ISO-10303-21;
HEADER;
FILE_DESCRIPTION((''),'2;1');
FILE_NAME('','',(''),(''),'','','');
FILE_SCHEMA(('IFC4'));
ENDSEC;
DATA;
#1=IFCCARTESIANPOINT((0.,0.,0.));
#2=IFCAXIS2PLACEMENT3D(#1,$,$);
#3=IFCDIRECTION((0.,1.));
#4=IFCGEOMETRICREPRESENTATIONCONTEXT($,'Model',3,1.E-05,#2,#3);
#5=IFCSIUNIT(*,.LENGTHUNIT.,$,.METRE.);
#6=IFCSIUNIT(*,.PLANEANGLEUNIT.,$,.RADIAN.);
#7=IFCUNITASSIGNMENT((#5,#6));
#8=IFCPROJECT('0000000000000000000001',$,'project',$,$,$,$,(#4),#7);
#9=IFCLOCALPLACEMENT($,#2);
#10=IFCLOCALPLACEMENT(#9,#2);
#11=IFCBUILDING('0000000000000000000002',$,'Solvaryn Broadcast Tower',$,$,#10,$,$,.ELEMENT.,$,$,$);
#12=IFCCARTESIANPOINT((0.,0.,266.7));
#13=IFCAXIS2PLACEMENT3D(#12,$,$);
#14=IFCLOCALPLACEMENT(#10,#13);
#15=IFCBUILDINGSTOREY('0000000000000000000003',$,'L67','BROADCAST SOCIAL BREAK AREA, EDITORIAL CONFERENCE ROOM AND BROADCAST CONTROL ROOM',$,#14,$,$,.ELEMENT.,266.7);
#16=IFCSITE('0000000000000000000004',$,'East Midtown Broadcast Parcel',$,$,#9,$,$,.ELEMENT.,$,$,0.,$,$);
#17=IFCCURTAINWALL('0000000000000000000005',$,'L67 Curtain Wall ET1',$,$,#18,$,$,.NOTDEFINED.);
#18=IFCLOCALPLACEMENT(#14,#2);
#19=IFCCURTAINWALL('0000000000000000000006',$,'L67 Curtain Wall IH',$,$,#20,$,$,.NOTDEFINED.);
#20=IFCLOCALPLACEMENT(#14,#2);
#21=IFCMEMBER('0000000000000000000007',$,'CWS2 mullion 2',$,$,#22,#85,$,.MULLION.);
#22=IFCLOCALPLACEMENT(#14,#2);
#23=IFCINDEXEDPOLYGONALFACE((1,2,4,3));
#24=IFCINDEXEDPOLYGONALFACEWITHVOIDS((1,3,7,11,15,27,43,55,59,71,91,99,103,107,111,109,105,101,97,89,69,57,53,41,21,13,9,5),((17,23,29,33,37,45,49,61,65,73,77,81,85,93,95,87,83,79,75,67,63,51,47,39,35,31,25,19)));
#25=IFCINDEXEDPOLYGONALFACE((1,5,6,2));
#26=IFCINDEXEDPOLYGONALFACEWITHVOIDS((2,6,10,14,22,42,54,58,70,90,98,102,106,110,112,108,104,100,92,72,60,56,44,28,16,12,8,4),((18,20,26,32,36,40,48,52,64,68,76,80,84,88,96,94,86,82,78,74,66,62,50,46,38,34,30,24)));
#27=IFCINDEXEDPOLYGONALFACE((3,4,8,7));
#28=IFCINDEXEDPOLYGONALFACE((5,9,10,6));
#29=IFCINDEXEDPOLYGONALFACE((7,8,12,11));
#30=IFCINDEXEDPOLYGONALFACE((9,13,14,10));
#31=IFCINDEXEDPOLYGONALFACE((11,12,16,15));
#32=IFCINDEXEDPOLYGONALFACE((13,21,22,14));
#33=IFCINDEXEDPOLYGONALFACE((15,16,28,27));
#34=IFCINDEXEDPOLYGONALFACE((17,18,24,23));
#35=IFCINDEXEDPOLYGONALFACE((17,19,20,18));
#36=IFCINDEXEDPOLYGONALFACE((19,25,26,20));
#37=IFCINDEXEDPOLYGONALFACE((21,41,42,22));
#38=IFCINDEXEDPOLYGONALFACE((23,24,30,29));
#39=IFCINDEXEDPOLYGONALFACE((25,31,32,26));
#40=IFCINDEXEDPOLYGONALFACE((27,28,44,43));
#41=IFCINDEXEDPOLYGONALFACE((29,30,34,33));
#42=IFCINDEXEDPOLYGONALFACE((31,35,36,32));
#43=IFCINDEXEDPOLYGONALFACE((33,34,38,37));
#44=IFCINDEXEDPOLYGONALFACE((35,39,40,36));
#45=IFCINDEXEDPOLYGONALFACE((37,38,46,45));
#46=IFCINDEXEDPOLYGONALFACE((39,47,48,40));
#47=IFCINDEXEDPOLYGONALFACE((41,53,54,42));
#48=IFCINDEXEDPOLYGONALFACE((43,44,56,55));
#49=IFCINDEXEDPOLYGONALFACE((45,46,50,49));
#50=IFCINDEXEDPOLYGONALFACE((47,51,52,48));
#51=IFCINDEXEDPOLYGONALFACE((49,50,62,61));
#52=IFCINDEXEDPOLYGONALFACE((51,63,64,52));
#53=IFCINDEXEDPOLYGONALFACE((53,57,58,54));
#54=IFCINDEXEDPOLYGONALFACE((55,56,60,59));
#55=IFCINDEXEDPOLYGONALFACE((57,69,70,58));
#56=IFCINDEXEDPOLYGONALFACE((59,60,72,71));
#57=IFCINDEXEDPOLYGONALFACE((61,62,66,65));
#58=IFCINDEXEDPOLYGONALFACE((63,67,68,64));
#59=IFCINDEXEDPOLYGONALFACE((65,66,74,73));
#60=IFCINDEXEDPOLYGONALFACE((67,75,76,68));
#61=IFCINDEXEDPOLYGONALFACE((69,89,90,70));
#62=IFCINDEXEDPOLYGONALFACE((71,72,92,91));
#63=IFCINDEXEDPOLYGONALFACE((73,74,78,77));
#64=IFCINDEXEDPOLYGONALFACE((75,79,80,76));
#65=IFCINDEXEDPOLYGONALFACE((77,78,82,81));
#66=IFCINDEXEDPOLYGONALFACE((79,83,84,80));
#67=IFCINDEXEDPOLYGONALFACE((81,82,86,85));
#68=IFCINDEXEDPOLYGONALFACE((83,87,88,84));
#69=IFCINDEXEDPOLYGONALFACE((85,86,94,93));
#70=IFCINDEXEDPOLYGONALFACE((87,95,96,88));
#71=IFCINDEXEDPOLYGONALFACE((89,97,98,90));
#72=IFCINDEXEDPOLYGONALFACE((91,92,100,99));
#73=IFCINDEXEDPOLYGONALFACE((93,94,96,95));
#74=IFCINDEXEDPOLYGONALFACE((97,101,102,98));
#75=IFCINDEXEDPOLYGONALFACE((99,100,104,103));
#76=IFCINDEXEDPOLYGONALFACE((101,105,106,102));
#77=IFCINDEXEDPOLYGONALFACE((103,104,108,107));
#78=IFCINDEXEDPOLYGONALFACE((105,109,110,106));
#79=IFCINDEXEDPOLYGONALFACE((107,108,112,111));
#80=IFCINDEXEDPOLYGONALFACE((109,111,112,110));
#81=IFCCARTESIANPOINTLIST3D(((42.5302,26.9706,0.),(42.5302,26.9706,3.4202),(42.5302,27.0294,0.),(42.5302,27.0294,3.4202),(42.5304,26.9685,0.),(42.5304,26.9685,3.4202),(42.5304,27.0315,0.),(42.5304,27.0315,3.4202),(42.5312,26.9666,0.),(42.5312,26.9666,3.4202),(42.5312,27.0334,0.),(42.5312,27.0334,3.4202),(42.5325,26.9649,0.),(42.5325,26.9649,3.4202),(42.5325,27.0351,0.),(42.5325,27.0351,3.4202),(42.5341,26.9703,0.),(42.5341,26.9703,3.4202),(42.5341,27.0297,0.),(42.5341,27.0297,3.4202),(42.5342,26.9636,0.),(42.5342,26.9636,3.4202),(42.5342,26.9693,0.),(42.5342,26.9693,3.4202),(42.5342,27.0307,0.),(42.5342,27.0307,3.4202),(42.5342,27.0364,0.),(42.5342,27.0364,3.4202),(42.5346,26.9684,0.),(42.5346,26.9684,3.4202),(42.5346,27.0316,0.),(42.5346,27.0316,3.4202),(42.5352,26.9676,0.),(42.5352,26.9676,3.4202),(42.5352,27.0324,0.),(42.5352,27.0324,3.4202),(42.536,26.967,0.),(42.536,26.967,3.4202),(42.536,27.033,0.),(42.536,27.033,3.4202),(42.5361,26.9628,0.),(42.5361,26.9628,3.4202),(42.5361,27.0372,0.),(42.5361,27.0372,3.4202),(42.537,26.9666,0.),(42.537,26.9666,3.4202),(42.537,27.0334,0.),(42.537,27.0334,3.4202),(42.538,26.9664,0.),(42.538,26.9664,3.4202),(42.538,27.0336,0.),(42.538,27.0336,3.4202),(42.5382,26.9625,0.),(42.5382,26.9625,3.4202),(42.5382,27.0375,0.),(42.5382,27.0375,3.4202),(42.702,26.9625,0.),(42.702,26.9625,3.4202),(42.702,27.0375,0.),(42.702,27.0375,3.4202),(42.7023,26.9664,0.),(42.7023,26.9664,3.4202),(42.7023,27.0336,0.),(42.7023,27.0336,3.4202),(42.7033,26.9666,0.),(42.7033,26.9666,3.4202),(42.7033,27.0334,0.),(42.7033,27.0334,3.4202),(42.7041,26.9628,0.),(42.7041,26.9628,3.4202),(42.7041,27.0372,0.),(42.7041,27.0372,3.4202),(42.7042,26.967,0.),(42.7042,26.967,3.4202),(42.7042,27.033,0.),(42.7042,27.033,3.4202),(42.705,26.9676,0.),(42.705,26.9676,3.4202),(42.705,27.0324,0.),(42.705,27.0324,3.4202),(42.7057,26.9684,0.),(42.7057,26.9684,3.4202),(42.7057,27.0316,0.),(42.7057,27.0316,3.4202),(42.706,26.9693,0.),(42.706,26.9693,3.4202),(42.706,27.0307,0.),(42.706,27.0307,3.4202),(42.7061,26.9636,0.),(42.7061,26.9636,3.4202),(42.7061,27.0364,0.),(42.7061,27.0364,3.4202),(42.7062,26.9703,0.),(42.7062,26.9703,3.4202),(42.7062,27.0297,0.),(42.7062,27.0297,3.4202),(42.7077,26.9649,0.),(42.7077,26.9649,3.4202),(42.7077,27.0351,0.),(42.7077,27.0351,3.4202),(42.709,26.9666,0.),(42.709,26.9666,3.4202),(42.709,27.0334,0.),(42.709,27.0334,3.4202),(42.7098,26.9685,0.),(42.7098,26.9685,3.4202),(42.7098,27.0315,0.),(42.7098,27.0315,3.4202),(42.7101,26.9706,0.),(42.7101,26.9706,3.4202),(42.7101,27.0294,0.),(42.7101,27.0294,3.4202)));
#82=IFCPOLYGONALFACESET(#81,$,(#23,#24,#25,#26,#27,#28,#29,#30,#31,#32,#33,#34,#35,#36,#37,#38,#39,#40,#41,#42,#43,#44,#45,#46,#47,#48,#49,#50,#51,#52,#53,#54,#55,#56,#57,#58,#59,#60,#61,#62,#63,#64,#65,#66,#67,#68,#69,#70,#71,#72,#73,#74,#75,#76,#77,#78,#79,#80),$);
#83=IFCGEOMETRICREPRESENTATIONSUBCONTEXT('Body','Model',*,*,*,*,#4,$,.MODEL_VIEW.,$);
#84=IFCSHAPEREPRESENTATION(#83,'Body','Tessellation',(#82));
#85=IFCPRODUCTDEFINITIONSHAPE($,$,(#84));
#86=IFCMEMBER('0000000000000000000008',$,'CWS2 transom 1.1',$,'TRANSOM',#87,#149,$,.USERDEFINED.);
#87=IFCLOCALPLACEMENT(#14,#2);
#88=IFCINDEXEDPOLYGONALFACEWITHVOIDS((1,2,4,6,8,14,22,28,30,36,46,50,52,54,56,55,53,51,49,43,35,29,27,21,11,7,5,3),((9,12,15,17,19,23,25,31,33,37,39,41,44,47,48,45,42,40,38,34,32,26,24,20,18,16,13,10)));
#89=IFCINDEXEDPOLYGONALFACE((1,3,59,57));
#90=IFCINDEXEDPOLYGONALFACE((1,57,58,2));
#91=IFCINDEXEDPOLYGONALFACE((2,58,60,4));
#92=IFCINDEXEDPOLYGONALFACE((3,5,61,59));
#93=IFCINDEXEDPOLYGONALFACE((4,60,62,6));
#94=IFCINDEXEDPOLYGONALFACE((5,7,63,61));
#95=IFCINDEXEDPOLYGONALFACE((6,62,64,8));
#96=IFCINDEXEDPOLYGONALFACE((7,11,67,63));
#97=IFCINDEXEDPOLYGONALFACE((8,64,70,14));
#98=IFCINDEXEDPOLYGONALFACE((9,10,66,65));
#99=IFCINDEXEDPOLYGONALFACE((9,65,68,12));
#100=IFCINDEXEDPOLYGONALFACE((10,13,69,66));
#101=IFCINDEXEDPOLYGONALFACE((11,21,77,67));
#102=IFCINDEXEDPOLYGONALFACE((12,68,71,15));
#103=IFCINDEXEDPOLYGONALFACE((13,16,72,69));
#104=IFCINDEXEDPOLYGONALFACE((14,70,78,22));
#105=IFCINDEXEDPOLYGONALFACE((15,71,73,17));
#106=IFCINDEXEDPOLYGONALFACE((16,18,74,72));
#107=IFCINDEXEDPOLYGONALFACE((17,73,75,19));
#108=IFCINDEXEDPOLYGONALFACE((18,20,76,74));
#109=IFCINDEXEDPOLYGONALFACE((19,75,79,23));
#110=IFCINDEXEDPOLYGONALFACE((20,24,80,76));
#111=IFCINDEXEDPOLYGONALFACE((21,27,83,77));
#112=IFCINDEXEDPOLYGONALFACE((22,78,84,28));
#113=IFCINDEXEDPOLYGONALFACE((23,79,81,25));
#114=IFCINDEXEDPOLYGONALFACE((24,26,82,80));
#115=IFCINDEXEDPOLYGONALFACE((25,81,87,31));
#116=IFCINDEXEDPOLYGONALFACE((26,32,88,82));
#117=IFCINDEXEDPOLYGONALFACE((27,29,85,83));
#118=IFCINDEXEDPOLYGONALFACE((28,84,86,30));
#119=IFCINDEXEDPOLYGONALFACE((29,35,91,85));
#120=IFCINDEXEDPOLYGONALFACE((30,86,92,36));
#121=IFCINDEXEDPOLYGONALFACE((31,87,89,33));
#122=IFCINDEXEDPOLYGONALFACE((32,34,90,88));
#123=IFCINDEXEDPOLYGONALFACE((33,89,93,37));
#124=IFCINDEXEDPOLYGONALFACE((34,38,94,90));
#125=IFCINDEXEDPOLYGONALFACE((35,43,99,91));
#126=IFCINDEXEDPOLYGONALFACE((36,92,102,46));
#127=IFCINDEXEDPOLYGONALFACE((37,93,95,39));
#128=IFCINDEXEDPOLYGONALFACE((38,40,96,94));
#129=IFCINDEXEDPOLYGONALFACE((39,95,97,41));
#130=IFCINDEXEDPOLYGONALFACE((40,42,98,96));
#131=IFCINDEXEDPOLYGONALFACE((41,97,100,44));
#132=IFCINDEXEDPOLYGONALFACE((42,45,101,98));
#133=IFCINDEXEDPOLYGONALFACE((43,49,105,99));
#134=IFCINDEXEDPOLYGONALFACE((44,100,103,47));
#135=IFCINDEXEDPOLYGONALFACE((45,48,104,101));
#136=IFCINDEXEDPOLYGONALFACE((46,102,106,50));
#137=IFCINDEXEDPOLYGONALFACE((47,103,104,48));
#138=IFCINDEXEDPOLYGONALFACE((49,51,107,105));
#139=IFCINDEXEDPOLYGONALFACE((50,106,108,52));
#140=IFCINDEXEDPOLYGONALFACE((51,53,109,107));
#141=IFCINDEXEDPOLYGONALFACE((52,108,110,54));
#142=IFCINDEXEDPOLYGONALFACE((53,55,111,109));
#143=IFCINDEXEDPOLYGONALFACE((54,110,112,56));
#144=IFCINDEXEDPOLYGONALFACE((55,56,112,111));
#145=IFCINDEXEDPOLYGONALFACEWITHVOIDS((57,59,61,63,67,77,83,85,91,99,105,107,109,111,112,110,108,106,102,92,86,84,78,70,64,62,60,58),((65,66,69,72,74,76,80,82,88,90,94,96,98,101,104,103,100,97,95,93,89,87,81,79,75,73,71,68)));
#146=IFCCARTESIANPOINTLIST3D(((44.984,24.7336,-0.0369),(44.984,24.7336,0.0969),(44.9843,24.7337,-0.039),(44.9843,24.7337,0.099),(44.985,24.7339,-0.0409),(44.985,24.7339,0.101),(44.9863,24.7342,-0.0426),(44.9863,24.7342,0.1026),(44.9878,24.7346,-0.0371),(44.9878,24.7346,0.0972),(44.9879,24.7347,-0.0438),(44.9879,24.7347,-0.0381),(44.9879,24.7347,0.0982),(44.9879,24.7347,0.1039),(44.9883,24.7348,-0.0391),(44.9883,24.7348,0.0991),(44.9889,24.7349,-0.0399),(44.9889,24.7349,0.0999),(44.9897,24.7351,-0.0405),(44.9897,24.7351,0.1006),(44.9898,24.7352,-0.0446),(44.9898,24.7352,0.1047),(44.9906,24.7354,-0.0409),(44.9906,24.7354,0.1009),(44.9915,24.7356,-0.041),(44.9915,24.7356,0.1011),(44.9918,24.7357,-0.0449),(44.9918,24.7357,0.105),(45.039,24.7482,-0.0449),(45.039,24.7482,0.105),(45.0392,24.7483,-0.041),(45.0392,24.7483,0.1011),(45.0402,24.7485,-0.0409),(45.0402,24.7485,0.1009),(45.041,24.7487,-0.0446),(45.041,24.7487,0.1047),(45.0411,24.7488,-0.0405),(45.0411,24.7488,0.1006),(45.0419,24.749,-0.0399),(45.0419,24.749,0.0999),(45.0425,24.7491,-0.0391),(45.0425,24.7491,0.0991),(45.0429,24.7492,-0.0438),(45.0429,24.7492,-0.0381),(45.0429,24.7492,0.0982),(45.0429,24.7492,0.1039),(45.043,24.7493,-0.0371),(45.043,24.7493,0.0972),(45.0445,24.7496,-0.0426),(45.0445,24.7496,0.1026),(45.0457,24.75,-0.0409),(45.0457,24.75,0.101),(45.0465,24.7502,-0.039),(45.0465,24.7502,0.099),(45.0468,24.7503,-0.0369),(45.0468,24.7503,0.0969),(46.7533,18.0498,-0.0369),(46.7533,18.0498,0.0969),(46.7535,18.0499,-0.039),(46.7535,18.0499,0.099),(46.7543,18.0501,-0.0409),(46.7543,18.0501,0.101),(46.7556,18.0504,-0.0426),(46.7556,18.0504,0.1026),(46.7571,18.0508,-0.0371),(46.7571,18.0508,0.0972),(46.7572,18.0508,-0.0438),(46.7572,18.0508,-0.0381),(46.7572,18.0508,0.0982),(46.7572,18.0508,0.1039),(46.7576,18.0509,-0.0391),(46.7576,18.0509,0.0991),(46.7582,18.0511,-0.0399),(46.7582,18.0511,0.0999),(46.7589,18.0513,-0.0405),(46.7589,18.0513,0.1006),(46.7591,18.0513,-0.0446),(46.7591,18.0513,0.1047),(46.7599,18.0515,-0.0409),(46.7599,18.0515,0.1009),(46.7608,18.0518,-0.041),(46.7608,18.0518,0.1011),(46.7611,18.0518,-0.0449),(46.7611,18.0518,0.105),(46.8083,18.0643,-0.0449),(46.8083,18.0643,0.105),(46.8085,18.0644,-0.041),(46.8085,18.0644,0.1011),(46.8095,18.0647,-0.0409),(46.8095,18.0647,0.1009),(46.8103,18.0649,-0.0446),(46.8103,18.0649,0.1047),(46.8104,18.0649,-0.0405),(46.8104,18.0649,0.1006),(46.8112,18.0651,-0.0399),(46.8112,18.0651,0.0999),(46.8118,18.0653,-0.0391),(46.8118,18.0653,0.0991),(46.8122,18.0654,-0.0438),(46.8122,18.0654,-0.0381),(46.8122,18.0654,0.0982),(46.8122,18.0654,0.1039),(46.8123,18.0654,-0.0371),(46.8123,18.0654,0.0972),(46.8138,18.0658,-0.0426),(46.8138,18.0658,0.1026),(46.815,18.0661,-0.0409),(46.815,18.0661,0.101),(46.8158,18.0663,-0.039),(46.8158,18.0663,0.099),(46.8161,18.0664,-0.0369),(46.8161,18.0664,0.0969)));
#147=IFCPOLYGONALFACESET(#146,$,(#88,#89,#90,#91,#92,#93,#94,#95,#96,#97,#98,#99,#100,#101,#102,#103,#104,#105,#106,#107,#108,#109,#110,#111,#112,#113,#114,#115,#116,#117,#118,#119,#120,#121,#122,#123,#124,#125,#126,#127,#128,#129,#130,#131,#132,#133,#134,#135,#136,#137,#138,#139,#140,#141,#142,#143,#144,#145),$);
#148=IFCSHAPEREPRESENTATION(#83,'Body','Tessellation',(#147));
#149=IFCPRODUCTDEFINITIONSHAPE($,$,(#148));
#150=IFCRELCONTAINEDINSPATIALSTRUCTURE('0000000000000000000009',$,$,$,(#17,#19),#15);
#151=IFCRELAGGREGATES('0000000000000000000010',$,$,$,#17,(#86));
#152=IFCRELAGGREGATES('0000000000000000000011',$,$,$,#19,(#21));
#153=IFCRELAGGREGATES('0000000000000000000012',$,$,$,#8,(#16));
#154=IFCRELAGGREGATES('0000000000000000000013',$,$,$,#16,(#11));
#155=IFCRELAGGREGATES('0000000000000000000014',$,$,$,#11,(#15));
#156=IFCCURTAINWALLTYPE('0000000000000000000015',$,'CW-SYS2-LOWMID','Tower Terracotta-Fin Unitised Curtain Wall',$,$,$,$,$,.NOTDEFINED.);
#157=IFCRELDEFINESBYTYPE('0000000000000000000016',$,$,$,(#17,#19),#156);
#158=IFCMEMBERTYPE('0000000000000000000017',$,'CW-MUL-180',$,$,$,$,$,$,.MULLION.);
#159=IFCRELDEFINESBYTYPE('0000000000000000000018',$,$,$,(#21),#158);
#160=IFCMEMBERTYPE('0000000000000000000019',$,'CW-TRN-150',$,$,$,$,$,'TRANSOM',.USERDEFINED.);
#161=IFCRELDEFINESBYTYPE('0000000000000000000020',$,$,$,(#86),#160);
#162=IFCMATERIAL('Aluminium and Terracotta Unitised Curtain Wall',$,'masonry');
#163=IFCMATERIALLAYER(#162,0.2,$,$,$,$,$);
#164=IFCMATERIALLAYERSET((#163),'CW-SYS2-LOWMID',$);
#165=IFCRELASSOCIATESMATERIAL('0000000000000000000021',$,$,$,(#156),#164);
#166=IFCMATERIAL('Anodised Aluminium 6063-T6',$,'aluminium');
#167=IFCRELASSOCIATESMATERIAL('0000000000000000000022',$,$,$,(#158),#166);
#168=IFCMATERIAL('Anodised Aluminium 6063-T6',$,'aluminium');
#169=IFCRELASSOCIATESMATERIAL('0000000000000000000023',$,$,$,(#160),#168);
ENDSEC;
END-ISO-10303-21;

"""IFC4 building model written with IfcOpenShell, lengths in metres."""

from ifc_helpers import new_model, si_unit, direction, frame, origin, origin_2d, place, context, subcontext, project, spatial, hollow_rectangle, extrude, material, layer, layer_set, material_profile, profile_set, type_object, element, aggregate, save


model = new_model("IFC4")

# Units and contexts
model_context = context("Model", 3, precision=1e-05, world=origin(), true_north=direction((0.0, 1.0)))
body_context = subcontext(model_context, "Body", "Model", "MODEL_VIEW")
ifc_project = project(units=[si_unit("LENGTHUNIT", "METRE"), si_unit("PLANEANGLEUNIT", "RADIAN")], contexts=[model_context])

# Site, building, storey
site_placement = place(None, origin())
site = spatial("IfcSite", under=ifc_project, at=site_placement, Name="East Midtown Broadcast Parcel", CompositionType="ELEMENT", RefElevation=0.0)
building_placement = place(site_placement, origin())
building = spatial("IfcBuilding", under=site, at=building_placement, Name="Solvaryn Broadcast Tower", CompositionType="ELEMENT")
storey_placement = place(building_placement, frame((0.0, 0.0, 266.7)))
storey = spatial("IfcBuildingStorey", under=building, at=storey_placement, Name="L67", Description="BROADCAST SOCIAL BREAK AREA, EDITORIAL CONFERENCE ROOM AND BROADCAST CONTROL ROOM", CompositionType="ELEMENT", Elevation=266.7)

# Curtain wall
ifc_material_1 = material(Name="Aluminium and Terracotta Unitised Curtain Wall", Category="masonry")
ifc_layer_1 = layer(ifc_material_1, 0.2)
ifc_layer_set_1 = layer_set([ifc_layer_1], Name="CW-SYS2-LOWMID")
curtain_wall_type = type_object("IfcCurtainWallType", Name="CW-SYS2-LOWMID", Description="Tower Terracotta-Fin Unitised Curtain Wall", PredefinedType="NOTDEFINED", material=ifc_layer_set_1)
curtain_wall_1_placement = place(storey_placement, origin())
curtain_wall_1 = element("IfcCurtainWall", 1, at=curtain_wall_1_placement, inside=storey, type_object=curtain_wall_type, Name="L67 Curtain Wall ET1", PredefinedType="NOTDEFINED")
ifc_material_2 = material(Name="Anodised Aluminium 6063-T6", Category="aluminium")
ifc_material_profile_1 = material_profile(ifc_material_2, hollow_rectangle(XDim=0.075, YDim=0.1799, WallThickness=0.0039, InnerFilletRadius=0.0039, OuterFilletRadius=0.0081, at=origin_2d()))
ifc_profile_set_1 = profile_set([ifc_material_profile_1], Name="Anodised Aluminium 6063-T6")
member_type_1 = type_object("IfcMemberType", Name="CW-MUL-180", PredefinedType="MULLION", material=ifc_profile_set_1)

# Curtain wall, member
curtain_wall_2_placement = place(storey_placement, origin())
curtain_wall_2 = element("IfcCurtainWall", 2, at=curtain_wall_2_placement, inside=storey, type_object=curtain_wall_type, Name="L67 Curtain Wall IH", PredefinedType="NOTDEFINED")
member_1_placement = place(storey_placement, frame((42.6201, 27.0, 0.0), z_axis=(0.0, 0.0, 1.0), x_axis=(0.0, 1.0, 0.0)))
member_1 = element("IfcMember", 3, at=member_1_placement, type_object=member_type_1, Name="CWS2 mullion 2", PredefinedType="MULLION", context=body_context, shape_type="SweptSolid", body=[
    extrude(hollow_rectangle(XDim=0.075, YDim=0.1799, WallThickness=0.0039, InnerFilletRadius=0.0039, OuterFilletRadius=0.0081, at=origin_2d()), origin(), (0.0, 0.0, 1.0), 3.4202),
])

# Member
ifc_material_3 = material(Name="Anodised Aluminium 6063-T6", Category="aluminium")
ifc_material_profile_2 = material_profile(ifc_material_3, hollow_rectangle(XDim=0.0649, YDim=0.1499, WallThickness=0.0039, InnerFilletRadius=0.0039, OuterFilletRadius=0.0081, at=origin_2d()))
ifc_profile_set_2 = profile_set([ifc_material_profile_2], Name="Anodised Aluminium 6063-T6")
member_type_2 = type_object("IfcMemberType", Name="CW-TRN-150", ElementType="TRANSOM", PredefinedType="USERDEFINED", material=ifc_profile_set_2)
member_2_placement = place(storey_placement, frame((45.0154, 24.7419, 0.03), z_axis=(0.255897, -0.966704, 0.0), x_axis=(0.966704, 0.255897, 0.0)))
member_2 = element("IfcMember", 4, at=member_2_placement, type_object=member_type_2, Name="CWS2 transom 1.1", ObjectType="TRANSOM", PredefinedType="USERDEFINED", context=body_context, shape_type="SweptSolid", body=[
    extrude(hollow_rectangle(XDim=0.0649, YDim=0.1499, WallThickness=0.0039, InnerFilletRadius=0.0039, OuterFilletRadius=0.0081, at=origin_2d()), origin(), (0.0, 0.0, 1.0), 6.9141),
])

aggregate(curtain_wall_1, [member_2])
aggregate(curtain_wall_2, [member_1])

save(model, "model.ifc")
